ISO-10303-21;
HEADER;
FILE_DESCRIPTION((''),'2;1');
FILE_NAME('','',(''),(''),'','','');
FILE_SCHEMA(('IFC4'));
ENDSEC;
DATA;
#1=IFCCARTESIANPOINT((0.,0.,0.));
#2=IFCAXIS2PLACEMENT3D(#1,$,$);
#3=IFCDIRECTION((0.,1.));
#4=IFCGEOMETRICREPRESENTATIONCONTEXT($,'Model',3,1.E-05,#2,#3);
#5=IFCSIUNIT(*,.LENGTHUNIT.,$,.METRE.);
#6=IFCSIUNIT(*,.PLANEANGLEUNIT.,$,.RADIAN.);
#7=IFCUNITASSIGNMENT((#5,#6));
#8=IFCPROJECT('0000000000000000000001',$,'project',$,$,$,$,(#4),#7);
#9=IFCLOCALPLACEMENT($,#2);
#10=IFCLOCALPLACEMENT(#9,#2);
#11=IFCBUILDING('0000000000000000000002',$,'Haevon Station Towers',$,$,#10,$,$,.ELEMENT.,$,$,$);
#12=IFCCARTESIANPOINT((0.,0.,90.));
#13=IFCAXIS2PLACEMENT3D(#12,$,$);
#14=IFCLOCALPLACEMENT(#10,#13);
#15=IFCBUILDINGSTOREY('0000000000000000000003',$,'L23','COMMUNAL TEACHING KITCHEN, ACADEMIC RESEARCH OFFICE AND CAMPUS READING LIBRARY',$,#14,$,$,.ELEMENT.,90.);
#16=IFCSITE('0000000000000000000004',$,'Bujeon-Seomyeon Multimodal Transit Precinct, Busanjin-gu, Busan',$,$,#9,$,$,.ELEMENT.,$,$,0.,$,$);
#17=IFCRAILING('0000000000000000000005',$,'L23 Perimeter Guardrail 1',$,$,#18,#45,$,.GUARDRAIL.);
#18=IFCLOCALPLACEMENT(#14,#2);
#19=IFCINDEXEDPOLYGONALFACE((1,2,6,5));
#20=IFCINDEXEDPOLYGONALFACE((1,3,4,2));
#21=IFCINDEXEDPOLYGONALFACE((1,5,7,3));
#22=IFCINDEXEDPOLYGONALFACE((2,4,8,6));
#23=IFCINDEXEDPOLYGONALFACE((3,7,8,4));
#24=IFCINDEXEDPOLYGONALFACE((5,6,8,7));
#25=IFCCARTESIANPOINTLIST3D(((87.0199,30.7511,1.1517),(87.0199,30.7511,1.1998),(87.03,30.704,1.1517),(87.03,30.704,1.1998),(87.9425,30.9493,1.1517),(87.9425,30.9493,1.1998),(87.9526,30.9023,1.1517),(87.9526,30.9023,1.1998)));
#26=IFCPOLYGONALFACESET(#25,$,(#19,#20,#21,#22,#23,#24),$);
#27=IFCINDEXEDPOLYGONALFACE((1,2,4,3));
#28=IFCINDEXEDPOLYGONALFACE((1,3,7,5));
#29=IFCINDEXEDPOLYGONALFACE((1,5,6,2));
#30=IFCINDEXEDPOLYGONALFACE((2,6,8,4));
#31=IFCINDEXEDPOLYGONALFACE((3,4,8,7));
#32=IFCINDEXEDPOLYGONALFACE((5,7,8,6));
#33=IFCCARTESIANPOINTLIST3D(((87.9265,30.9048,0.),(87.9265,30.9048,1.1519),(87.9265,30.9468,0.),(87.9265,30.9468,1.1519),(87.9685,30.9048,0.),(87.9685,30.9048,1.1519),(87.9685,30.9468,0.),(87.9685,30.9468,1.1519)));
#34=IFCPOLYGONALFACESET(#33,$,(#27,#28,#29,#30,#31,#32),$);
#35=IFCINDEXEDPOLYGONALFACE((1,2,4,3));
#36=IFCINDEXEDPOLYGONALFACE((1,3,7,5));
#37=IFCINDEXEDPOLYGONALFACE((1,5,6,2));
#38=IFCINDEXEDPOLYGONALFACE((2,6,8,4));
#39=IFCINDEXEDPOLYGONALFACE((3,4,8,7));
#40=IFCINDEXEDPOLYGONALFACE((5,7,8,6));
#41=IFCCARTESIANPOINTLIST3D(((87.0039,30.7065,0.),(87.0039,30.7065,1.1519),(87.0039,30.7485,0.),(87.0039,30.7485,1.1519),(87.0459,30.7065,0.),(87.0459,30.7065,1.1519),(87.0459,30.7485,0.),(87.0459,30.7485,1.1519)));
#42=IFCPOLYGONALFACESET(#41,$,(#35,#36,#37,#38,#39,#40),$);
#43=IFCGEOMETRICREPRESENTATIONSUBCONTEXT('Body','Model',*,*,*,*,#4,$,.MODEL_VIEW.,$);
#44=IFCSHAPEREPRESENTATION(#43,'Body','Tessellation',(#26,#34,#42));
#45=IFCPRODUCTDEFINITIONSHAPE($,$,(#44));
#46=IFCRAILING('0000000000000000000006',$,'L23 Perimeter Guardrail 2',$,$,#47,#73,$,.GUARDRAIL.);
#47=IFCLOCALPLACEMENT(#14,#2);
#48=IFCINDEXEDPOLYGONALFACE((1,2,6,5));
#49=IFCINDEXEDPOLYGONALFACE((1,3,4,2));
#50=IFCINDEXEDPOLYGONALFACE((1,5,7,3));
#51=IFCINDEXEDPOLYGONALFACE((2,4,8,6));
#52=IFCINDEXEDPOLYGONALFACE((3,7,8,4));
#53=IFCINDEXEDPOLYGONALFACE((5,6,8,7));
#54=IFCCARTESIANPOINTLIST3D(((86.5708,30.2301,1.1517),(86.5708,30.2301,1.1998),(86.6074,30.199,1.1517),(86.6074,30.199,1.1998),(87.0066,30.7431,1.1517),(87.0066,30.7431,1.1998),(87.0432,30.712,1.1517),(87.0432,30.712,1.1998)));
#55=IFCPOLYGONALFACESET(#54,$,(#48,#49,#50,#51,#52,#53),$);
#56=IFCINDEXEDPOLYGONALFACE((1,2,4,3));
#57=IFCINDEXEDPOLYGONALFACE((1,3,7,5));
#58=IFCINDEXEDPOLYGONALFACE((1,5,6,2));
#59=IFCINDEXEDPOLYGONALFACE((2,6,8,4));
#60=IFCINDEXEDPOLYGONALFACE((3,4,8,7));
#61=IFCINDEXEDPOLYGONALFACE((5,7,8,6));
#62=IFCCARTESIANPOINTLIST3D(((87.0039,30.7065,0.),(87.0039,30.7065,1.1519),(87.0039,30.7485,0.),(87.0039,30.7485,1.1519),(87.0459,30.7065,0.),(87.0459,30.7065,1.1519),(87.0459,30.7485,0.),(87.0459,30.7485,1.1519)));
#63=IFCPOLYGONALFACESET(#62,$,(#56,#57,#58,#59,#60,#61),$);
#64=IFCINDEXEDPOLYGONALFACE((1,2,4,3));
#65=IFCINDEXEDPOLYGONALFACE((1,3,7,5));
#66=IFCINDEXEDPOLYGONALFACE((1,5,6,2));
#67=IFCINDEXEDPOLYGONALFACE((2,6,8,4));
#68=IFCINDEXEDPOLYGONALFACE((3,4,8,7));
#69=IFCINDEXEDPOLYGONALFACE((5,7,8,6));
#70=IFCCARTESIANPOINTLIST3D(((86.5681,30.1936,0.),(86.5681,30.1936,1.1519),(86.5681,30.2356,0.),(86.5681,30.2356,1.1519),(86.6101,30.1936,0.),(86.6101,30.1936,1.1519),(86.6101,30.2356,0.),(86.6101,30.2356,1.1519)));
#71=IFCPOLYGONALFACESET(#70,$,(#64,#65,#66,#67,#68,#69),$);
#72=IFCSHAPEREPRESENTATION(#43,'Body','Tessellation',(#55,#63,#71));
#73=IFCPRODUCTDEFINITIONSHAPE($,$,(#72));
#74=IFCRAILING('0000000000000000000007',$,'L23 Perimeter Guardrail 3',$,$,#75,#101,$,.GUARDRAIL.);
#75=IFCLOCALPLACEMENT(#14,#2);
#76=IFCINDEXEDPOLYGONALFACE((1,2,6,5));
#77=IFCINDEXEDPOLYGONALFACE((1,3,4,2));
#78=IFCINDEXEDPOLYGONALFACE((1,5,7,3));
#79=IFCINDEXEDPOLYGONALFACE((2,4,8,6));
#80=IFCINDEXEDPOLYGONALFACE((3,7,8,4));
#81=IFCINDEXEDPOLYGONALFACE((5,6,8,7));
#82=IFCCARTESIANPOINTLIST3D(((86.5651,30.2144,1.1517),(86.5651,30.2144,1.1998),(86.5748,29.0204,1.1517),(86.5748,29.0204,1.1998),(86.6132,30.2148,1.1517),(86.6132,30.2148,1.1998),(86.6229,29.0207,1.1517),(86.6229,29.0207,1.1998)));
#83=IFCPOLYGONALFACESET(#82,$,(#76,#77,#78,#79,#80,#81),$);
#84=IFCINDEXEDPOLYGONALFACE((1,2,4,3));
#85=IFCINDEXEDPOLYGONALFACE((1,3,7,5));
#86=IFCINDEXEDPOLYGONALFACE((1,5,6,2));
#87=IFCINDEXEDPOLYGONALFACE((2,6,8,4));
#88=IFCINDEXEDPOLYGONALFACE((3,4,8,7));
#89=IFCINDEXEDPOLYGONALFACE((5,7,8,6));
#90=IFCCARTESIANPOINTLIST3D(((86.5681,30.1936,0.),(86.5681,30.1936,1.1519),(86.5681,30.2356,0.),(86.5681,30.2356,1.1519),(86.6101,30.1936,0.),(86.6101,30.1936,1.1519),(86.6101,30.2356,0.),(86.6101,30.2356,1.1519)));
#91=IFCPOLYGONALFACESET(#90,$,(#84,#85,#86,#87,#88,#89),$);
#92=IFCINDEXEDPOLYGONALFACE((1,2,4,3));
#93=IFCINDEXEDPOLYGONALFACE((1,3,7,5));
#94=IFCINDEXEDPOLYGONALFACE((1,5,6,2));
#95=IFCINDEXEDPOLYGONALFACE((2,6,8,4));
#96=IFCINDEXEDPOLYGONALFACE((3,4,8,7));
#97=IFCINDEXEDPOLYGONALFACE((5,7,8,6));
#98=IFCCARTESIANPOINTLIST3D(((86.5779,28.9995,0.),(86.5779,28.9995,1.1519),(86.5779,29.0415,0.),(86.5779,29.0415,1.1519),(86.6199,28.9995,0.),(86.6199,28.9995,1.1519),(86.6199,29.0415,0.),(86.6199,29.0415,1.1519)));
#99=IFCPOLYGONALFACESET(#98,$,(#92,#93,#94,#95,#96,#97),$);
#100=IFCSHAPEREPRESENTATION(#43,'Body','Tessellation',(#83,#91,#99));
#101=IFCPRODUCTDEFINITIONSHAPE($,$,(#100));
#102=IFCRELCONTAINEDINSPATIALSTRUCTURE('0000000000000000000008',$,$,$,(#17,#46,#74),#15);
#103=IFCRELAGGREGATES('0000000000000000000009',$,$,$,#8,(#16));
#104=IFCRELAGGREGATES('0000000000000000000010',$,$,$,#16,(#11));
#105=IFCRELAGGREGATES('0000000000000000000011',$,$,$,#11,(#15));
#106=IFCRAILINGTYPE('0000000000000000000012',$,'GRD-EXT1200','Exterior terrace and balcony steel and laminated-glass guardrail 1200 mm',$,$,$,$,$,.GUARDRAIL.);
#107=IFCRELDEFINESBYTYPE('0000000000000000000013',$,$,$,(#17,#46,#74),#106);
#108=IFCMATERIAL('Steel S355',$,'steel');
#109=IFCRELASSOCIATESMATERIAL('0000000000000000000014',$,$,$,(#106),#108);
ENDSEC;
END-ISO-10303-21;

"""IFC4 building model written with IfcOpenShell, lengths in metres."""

from ifc_helpers import new_model, si_unit, direction, frame, origin, origin_2d, place, context, subcontext, project, spatial, rectangle, extrude, material, type_object, element, save


model = new_model("IFC4")

# Units and contexts
model_context = context("Model", 3, precision=1e-05, world=origin(), true_north=direction((0.0, 1.0)))
body_context = subcontext(model_context, "Body", "Model", "MODEL_VIEW")
ifc_project = project(units=[si_unit("LENGTHUNIT", "METRE"), si_unit("PLANEANGLEUNIT", "RADIAN")], contexts=[model_context])

# Site, building, storey
site_placement = place(None, origin())
site = spatial("IfcSite", under=ifc_project, at=site_placement, Name="Bujeon-Seomyeon Multimodal Transit Precinct, Busanjin-gu, Busan", CompositionType="ELEMENT", RefElevation=0.0)
building_placement = place(site_placement, origin())
building = spatial("IfcBuilding", under=site, at=building_placement, Name="Haevon Station Towers", CompositionType="ELEMENT")
storey_placement = place(building_placement, frame((0.0, 0.0, 90.0)))
storey = spatial("IfcBuildingStorey", under=building, at=storey_placement, Name="L23", Description="COMMUNAL TEACHING KITCHEN, ACADEMIC RESEARCH OFFICE AND CAMPUS READING LIBRARY", CompositionType="ELEMENT", Elevation=90.0)

# Shared definitions
ifc_material_1 = material(Name="Steel S355", Category="steel")

# Railings
railing_type = type_object("IfcRailingType", Name="GRD-EXT1200", Description="Exterior terrace and balcony steel and laminated-glass guardrail 1200 mm", PredefinedType="GUARDRAIL", material=ifc_material_1)
railing_1_placement = place(storey_placement, frame((87.9475, 30.9258, 0.0)))
element("IfcRailing", 1, at=railing_1_placement, inside=storey, type_object=railing_type, Name="L23 Perimeter Guardrail 1", PredefinedType="GUARDRAIL", context=body_context, shape_type="SweptSolid", body=[
    extrude(rectangle(XDim=0.0481, YDim=0.0481, at=origin_2d()), frame((0.0, 0.0, 1.1758), z_axis=(-0.977685, -0.210077, 0.0), x_axis=(0.210077, -0.977685, 0.0)), (0.0, 0.0, 1.0), 0.9436),
    extrude(rectangle(XDim=0.042, YDim=0.042, at=origin_2d()), origin(), (0.0, 0.0, 1.0), 1.1519),
    extrude(rectangle(XDim=0.042, YDim=0.042, at=origin_2d()), frame((-0.9226, -0.1982, 0.0)), (0.0, 0.0, 1.0), 1.1519),
])
railing_2_placement = place(storey_placement, frame((87.0249, 30.7275, 0.0)))
element("IfcRailing", 2, at=railing_2_placement, inside=storey, type_object=railing_type, Name="L23 Perimeter Guardrail 2", PredefinedType="GUARDRAIL", context=body_context, shape_type="SweptSolid", body=[
    extrude(rectangle(XDim=0.0481, YDim=0.0481, at=origin_2d()), frame((0.0, 0.0, 1.1758), z_axis=(-0.647469, -0.762091, 0.0), x_axis=(0.762091, -0.647469, 0.0)), (0.0, 0.0, 1.0), 0.6731),
    extrude(rectangle(XDim=0.042, YDim=0.042, at=origin_2d()), origin(), (0.0, 0.0, 1.0), 1.1519),
    extrude(rectangle(XDim=0.042, YDim=0.042, at=origin_2d()), frame((-0.4358, -0.5129, 0.0)), (0.0, 0.0, 1.0), 1.1519),
])
railing_3_placement = place(storey_placement, frame((86.5891, 30.2146, 0.0)))
element("IfcRailing", 3, at=railing_3_placement, inside=storey, type_object=railing_type, Name="L23 Perimeter Guardrail 3", PredefinedType="GUARDRAIL", context=body_context, shape_type="SweptSolid", body=[
    extrude(rectangle(XDim=0.0481, YDim=0.0481, at=origin_2d()), frame((0.0, 0.0, 1.1758), z_axis=(0.008178, -0.999967, 0.0), x_axis=(0.999967, 0.008178, 0.0)), (0.0, 0.0, 1.0), 1.1941),
    extrude(rectangle(XDim=0.042, YDim=0.042, at=origin_2d()), origin(), (0.0, 0.0, 1.0), 1.1519),
    extrude(rectangle(XDim=0.042, YDim=0.042, at=origin_2d()), frame((0.0098, -1.1941, 0.0)), (0.0, 0.0, 1.0), 1.1519),
])

save(model, "model.ifc")
